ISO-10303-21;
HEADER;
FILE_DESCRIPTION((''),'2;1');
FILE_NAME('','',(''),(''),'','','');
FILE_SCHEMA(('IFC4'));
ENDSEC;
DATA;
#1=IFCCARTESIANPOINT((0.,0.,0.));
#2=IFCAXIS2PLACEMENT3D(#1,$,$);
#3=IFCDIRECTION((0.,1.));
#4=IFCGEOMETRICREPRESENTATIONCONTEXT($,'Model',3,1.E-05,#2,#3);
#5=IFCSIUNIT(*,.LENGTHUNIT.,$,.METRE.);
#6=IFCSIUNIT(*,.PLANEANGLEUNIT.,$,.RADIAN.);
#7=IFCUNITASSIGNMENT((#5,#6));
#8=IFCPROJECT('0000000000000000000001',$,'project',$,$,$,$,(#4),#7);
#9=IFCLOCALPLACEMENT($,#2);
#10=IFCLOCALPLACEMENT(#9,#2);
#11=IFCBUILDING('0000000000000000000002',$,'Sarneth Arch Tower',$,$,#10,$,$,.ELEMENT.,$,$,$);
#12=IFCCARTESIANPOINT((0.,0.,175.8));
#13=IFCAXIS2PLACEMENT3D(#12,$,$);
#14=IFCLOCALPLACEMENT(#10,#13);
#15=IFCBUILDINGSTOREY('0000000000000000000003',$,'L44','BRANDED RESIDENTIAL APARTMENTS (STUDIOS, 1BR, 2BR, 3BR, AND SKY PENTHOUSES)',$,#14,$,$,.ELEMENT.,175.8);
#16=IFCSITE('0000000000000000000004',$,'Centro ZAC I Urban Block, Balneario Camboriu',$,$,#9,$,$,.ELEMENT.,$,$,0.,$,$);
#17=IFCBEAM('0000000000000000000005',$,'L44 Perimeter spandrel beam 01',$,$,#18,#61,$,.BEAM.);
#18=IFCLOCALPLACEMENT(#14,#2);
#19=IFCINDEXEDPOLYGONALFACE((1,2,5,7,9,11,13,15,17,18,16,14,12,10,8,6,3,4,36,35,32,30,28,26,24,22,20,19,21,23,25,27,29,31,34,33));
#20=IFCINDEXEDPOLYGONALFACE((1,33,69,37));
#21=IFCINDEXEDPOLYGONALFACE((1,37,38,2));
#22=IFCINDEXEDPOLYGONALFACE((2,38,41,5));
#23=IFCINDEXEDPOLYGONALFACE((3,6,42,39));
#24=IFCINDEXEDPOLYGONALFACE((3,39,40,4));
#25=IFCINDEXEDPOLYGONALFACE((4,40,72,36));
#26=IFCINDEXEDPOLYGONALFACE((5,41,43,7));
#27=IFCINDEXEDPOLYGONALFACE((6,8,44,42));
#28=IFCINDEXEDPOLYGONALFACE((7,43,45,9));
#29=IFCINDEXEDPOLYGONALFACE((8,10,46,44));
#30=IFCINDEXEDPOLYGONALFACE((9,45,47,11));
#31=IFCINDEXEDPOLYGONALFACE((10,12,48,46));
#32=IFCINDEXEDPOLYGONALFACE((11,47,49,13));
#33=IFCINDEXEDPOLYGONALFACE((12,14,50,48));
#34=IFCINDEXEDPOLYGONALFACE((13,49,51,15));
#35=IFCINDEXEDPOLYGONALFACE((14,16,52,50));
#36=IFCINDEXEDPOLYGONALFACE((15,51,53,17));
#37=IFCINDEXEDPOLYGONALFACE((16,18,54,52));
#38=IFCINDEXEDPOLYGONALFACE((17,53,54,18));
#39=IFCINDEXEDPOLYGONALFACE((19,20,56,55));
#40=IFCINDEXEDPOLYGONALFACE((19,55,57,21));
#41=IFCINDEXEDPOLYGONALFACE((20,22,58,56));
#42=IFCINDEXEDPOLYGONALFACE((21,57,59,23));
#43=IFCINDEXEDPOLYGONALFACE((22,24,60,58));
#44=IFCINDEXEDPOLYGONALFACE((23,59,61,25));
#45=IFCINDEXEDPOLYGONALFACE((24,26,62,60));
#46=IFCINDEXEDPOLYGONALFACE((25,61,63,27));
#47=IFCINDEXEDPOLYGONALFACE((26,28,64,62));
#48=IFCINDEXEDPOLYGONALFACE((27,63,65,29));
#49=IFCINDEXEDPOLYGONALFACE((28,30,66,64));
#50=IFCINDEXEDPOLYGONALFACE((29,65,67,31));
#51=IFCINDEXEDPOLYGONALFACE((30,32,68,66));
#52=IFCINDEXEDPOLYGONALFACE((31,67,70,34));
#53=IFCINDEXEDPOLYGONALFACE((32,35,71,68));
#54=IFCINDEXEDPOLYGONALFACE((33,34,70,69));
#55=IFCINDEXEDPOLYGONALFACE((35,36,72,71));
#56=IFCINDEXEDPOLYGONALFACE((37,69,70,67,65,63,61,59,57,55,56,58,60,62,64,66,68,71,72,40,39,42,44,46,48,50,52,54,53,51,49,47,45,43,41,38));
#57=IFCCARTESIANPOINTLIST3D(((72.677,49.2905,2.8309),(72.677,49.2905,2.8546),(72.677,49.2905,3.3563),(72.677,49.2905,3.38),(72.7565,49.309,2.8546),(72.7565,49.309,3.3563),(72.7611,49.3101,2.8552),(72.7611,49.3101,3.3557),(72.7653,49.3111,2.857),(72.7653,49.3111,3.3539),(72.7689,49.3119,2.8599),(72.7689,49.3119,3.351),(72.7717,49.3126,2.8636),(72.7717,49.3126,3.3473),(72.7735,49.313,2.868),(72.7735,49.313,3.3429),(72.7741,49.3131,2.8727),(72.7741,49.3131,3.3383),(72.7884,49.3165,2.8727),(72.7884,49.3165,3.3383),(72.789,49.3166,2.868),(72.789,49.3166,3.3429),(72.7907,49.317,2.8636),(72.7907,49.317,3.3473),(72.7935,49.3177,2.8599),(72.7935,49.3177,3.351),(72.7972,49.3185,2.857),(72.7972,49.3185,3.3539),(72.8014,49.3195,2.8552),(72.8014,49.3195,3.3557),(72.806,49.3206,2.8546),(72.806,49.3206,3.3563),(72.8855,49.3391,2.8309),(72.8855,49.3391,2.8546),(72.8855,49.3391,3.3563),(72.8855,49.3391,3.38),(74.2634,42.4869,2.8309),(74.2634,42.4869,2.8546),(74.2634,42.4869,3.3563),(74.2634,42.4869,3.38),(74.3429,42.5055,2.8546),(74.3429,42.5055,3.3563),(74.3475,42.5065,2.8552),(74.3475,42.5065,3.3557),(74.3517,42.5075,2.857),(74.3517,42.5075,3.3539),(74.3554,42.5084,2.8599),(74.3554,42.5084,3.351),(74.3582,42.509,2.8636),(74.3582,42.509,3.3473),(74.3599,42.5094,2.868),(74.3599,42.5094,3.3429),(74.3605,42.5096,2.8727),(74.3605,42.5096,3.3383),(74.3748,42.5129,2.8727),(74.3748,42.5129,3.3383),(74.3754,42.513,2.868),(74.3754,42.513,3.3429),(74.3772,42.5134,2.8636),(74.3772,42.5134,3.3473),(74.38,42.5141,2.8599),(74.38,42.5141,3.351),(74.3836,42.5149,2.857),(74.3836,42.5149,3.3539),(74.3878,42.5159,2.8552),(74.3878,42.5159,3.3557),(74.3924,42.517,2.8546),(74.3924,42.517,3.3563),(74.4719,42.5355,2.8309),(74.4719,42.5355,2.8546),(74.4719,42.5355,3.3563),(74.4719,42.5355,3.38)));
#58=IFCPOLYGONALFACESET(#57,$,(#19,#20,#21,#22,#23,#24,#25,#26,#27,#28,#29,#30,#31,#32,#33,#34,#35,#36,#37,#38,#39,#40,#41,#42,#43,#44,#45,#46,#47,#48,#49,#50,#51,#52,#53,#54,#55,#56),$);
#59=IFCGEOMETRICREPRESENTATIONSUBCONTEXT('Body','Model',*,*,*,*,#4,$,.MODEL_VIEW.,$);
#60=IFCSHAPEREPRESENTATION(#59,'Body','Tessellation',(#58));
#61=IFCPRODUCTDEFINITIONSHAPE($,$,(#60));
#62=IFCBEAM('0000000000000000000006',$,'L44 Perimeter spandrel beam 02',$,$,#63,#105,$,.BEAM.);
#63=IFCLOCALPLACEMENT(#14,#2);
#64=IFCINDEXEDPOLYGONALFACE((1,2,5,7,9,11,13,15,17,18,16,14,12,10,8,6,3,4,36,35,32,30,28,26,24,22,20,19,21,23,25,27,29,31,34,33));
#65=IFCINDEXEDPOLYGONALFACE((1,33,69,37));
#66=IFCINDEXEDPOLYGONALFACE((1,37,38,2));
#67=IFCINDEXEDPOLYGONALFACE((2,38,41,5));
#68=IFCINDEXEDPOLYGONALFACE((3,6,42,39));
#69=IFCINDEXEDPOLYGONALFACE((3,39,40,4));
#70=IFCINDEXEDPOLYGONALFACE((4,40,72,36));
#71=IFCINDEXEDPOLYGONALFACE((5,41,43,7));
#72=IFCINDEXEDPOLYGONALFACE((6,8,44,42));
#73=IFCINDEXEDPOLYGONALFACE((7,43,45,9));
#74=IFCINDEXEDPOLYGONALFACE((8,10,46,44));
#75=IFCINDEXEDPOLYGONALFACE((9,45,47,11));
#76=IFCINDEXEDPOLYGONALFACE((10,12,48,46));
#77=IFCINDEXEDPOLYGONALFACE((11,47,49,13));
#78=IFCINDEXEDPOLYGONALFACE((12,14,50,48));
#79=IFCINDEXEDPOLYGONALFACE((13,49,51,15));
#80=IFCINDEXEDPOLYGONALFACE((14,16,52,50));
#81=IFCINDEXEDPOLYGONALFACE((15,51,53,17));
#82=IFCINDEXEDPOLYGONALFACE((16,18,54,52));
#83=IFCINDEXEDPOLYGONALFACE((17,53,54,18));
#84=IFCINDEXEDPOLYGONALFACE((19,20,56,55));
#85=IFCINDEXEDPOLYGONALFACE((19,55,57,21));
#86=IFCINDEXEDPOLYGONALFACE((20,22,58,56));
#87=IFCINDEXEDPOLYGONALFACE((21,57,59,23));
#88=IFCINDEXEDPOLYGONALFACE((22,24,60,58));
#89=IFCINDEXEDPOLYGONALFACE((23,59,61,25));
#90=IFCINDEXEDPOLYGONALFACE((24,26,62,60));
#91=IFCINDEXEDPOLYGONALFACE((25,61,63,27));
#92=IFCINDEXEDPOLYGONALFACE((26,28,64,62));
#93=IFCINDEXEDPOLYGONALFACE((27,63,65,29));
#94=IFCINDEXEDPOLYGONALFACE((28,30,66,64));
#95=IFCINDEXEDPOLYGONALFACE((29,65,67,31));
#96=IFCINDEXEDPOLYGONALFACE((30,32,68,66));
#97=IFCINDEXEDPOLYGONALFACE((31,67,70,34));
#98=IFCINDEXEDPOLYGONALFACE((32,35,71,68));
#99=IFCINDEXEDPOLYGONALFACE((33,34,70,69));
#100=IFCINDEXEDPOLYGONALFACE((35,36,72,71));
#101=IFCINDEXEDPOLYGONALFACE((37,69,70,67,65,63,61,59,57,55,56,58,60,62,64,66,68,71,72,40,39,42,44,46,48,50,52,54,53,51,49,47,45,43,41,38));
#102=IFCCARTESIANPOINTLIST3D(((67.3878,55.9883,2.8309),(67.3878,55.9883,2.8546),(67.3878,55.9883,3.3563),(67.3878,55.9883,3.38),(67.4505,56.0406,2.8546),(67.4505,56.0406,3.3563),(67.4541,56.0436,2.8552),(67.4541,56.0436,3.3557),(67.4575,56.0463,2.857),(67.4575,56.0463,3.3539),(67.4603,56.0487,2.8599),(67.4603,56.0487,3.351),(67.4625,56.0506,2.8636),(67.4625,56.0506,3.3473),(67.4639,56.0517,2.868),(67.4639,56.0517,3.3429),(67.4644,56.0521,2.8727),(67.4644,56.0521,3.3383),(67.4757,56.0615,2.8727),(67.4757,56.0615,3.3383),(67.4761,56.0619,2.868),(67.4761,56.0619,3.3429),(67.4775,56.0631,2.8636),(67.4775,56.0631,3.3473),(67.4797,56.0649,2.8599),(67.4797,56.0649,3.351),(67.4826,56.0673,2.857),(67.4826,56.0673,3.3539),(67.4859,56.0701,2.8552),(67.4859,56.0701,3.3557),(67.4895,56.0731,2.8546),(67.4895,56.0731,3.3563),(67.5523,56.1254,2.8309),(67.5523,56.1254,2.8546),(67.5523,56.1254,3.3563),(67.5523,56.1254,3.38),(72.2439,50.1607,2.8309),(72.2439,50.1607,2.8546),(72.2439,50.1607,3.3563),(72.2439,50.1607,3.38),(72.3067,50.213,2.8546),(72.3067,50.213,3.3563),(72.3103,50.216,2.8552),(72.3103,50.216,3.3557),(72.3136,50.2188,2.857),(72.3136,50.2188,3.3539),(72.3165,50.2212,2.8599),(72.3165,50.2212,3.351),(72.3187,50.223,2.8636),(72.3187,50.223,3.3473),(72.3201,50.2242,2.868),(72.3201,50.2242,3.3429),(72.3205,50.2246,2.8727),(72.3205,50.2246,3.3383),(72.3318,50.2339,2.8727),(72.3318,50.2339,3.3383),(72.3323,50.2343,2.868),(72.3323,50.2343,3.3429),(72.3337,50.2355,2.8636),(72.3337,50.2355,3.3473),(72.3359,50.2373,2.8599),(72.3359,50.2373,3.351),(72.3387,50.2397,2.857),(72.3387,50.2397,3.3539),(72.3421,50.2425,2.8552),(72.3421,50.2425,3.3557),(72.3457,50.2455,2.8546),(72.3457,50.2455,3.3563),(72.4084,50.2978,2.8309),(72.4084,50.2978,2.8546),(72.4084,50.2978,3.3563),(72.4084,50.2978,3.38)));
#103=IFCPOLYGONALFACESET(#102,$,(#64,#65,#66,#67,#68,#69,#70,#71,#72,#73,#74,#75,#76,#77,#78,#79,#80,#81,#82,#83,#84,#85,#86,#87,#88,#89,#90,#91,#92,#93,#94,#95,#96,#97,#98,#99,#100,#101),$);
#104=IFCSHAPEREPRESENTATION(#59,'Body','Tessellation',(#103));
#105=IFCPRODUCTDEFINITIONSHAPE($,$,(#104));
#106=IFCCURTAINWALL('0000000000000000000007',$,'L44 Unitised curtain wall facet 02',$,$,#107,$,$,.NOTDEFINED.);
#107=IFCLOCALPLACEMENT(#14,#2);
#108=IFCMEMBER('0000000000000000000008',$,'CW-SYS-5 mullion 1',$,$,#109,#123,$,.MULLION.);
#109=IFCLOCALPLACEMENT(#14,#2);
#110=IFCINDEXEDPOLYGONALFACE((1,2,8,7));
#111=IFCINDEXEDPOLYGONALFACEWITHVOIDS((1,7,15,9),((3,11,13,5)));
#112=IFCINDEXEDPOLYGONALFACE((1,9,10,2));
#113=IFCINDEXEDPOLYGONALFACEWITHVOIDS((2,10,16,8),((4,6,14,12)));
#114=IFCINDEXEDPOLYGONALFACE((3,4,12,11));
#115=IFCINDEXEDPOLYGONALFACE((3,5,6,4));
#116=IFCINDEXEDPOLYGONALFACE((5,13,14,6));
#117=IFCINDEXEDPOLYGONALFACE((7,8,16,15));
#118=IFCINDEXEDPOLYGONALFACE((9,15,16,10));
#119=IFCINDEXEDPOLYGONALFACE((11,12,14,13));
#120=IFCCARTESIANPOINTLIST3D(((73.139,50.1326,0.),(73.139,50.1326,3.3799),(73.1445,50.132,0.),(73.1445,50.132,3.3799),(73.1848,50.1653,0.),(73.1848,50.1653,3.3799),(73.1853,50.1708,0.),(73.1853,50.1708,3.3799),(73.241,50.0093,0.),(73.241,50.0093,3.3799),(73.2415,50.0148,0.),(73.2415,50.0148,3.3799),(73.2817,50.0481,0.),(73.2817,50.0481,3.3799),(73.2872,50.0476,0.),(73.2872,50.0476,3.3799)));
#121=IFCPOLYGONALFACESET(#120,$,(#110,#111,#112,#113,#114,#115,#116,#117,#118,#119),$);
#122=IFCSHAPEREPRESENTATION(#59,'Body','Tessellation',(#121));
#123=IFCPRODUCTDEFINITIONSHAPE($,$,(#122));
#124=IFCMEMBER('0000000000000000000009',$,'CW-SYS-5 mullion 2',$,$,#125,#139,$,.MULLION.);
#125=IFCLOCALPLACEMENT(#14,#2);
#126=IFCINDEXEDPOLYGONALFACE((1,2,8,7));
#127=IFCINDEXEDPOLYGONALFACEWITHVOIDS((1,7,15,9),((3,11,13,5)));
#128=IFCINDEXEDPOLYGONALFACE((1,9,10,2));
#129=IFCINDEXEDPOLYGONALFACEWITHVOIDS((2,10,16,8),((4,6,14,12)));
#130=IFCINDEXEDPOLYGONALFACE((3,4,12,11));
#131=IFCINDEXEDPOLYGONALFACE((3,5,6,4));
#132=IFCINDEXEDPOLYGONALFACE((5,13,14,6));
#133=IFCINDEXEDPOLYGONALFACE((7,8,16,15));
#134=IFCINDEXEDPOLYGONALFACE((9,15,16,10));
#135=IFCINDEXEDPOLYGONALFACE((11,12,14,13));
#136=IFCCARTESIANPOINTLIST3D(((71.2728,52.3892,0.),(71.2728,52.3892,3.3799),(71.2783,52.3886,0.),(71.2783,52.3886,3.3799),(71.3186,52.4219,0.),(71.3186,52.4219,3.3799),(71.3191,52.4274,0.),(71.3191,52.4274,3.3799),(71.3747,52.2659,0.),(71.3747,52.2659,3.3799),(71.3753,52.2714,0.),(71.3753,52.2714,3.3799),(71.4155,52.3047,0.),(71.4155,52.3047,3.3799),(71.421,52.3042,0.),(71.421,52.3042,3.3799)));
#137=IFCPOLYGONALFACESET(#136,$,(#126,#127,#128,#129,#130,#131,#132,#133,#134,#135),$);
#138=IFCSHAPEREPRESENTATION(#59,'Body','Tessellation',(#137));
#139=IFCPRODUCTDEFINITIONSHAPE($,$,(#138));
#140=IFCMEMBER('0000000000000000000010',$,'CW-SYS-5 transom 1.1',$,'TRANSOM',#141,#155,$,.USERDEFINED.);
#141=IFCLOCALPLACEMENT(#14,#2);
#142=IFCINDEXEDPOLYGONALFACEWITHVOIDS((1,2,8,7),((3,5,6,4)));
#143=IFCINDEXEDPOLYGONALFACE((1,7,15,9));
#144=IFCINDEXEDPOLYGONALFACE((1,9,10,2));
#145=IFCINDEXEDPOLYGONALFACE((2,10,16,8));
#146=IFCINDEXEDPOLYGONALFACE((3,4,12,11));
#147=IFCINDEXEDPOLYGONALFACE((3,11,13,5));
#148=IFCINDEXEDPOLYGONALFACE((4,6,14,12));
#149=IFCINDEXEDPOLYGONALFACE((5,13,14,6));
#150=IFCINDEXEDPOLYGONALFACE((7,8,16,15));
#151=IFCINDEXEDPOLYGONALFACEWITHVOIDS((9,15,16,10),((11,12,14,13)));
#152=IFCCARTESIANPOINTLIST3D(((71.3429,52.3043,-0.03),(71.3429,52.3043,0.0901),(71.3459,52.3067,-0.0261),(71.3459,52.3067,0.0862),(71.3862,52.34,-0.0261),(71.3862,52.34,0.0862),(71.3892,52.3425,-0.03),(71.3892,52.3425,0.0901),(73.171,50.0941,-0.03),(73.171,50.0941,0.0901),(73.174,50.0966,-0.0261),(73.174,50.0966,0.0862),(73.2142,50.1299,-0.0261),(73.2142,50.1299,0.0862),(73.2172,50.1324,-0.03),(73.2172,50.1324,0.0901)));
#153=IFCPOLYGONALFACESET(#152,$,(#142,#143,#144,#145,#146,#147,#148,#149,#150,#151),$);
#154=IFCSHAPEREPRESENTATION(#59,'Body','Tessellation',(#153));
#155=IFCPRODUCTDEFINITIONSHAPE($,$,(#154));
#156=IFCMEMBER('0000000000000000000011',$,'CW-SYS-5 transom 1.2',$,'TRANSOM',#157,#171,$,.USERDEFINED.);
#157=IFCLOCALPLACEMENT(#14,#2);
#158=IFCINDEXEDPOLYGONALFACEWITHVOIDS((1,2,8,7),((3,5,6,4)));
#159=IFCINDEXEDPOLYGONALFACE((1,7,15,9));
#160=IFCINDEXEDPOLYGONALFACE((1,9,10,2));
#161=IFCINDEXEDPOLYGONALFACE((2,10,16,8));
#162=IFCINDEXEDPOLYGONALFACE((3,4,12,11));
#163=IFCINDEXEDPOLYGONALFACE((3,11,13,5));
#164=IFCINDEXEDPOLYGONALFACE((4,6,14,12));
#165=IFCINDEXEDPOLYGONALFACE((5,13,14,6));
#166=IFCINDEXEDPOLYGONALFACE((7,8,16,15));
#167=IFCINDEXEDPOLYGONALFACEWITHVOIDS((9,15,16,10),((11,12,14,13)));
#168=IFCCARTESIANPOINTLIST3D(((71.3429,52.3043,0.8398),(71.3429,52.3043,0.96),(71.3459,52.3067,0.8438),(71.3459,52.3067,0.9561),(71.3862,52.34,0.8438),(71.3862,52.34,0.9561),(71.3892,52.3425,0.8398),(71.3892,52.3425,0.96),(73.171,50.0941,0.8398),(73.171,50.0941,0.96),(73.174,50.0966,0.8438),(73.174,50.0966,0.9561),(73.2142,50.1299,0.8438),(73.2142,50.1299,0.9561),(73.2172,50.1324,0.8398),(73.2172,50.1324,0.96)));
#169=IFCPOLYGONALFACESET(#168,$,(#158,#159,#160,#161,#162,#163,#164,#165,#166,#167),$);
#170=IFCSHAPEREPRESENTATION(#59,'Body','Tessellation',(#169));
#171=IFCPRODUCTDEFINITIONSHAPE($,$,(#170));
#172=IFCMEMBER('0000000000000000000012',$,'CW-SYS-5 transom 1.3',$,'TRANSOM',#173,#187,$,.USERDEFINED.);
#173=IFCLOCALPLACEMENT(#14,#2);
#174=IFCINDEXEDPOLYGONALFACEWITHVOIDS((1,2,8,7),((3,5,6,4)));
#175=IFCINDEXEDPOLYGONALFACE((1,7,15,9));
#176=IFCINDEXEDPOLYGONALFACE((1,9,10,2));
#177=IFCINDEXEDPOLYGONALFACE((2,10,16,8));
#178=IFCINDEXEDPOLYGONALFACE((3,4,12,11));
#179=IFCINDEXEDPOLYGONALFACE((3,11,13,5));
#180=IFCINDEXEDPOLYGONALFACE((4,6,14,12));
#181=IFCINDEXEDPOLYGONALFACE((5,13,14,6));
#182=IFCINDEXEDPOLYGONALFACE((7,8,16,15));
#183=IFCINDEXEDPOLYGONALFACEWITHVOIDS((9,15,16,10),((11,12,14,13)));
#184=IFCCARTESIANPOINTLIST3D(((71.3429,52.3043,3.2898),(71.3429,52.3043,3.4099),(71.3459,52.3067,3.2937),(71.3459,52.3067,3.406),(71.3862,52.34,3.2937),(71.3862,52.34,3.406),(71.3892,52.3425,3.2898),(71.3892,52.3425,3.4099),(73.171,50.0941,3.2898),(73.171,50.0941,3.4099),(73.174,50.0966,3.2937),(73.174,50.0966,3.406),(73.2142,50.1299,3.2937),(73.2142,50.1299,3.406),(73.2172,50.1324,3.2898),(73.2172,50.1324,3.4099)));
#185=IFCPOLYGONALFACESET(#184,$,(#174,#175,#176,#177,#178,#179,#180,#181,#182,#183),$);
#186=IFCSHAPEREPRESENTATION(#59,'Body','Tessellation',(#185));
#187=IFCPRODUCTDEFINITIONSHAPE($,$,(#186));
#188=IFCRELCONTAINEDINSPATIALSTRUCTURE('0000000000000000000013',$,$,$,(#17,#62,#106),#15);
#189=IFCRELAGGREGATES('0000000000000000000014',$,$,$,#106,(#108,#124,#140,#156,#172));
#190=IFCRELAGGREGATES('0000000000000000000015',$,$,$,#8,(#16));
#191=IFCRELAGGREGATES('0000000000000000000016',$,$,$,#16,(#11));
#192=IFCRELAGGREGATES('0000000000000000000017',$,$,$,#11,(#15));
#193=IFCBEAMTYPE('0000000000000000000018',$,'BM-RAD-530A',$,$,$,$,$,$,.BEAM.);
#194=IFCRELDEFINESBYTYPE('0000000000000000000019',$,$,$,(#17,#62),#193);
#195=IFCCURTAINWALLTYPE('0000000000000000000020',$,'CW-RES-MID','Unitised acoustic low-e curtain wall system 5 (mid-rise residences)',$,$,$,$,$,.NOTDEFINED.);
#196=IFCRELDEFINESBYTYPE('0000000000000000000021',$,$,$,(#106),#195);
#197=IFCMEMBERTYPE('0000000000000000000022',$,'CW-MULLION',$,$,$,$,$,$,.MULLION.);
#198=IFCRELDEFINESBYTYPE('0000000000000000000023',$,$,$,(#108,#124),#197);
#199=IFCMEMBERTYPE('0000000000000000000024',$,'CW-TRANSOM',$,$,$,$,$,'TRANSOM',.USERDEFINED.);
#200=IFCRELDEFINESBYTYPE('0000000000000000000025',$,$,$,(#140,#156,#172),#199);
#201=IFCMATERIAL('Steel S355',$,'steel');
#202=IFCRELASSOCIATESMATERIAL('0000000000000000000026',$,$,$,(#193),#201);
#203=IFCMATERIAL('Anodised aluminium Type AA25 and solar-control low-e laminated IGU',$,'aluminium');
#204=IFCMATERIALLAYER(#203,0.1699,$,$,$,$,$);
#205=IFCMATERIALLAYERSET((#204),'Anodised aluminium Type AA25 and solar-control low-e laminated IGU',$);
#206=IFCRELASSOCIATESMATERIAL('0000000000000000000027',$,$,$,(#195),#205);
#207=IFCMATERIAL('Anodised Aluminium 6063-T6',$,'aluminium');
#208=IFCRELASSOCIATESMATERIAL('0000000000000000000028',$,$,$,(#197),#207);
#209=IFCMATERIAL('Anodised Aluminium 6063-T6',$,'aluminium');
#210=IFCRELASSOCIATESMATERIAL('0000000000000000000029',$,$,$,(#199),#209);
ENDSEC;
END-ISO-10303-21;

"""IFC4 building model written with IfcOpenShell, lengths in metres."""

from ifc_helpers import new_model, si_unit, direction, frame, origin, origin_2d, place, context, subcontext, project, spatial, hollow_rectangle, i_section, extrude, material, layer, layer_set, material_profile, profile_set, type_object, element, aggregate, save


model = new_model("IFC4")

# Units and contexts
model_context = context("Model", 3, precision=1e-05, world=origin(), true_north=direction((0.0, 1.0)))
body_context = subcontext(model_context, "Body", "Model", "MODEL_VIEW")
ifc_project = project(units=[si_unit("LENGTHUNIT", "METRE"), si_unit("PLANEANGLEUNIT", "RADIAN")], contexts=[model_context])

# Site, building, storey
site_placement = place(None, origin())
site = spatial("IfcSite", under=ifc_project, at=site_placement, Name="Centro ZAC I Urban Block, Balneario Camboriu", CompositionType="ELEMENT", RefElevation=0.0)
building_placement = place(site_placement, origin())
building = spatial("IfcBuilding", under=site, at=building_placement, Name="Sarneth Arch Tower", CompositionType="ELEMENT")
storey_placement = place(building_placement, frame((0.0, 0.0, 175.8)))
storey = spatial("IfcBuildingStorey", under=building, at=storey_placement, Name="L44", Description="BRANDED RESIDENTIAL APARTMENTS (STUDIOS, 1BR, 2BR, 3BR, AND SKY PENTHOUSES)", CompositionType="ELEMENT", Elevation=175.8)

# Beams
ifc_material_1 = material(Name="Steel S355", Category="steel")
ifc_material_profile_1 = material_profile(ifc_material_1, i_section(OverallWidth=0.2141, OverallDepth=0.5491, WebThickness=0.0146, FlangeThickness=0.0237, FilletRadius=0.0181, at=origin_2d()), Name="W530x138")
ifc_profile_set_1 = profile_set([ifc_material_profile_1], Name="Steel S355")
beam_type = type_object("IfcBeamType", Name="BM-RAD-530A", PredefinedType="BEAM", material=ifc_profile_set_1)
beam_1_placement = place(storey_placement, frame((74.3677, 42.5112, 3.1055), z_axis=(-0.227087, 0.973874, 0.0), x_axis=(-0.973874, -0.227087, 0.0)))
element("IfcBeam", 1, at=beam_1_placement, inside=storey, type_object=beam_type, Name="L44 Perimeter spandrel beam 01", PredefinedType="BEAM", context=body_context, shape_type="SweptSolid", body=[
    extrude(i_section(OverallWidth=0.2141, OverallDepth=0.5491, WebThickness=0.0146, FlangeThickness=0.0237, FilletRadius=0.0181, at=origin_2d()), origin(), (0.0, 0.0, 1.0), 6.9861),
])
beam_2_placement = place(storey_placement, frame((72.3262, 50.2292, 3.1055), z_axis=(-0.640172, 0.768232, 0.0), x_axis=(-0.768232, -0.640172, 0.0)))
element("IfcBeam", 2, at=beam_2_placement, inside=storey, type_object=beam_type, Name="L44 Perimeter spandrel beam 02", PredefinedType="BEAM", context=body_context, shape_type="SweptSolid", body=[
    extrude(i_section(OverallWidth=0.2141, OverallDepth=0.5491, WebThickness=0.0146, FlangeThickness=0.0237, FilletRadius=0.0181, at=origin_2d()), origin(), (0.0, 0.0, 1.0), 7.5857),
])

# Curtain wall, members
ifc_material_2 = material(Name="Anodised aluminium Type AA25 and solar-control low-e laminated IGU", Category="aluminium")
ifc_layer_1 = layer(ifc_material_2, 0.1699)
ifc_layer_set_1 = layer_set([ifc_layer_1], Name="Anodised aluminium Type AA25 and solar-control low-e laminated IGU")
curtain_wall_type = type_object("IfcCurtainWallType", Name="CW-RES-MID", Description="Unitised acoustic low-e curtain wall system 5 (mid-rise residences)", PredefinedType="NOTDEFINED", material=ifc_layer_set_1)
curtain_wall_placement = place(storey_placement, origin())
curtain_wall = element("IfcCurtainWall", 3, at=curtain_wall_placement, inside=storey, type_object=curtain_wall_type, Name="L44 Unitised curtain wall facet 02", PredefinedType="NOTDEFINED")
ifc_material_3 = material(Name="Anodised Aluminium 6063-T6", Category="aluminium")
ifc_material_profile_2 = material_profile(ifc_material_3, hollow_rectangle(XDim=0.0601, YDim=0.1599, WallThickness=0.0039, at=origin_2d()), Name="AL-MULL-160x60x4")
ifc_profile_set_2 = profile_set([ifc_material_profile_2], Name="Anodised Aluminium 6063-T6")
member_type_1 = type_object("IfcMemberType", Name="CW-MULLION", PredefinedType="MULLION", material=ifc_profile_set_2)
member_1_placement = place(storey_placement, frame((73.2131, 50.0901, 0.0), z_axis=(0.0, 0.0, 1.0), x_axis=(-0.770591, -0.63733, 0.0)))
member_1 = element("IfcMember", 4, at=member_1_placement, type_object=member_type_1, Name="CW-SYS-5 mullion 1", PredefinedType="MULLION", context=body_context, shape_type="SweptSolid", body=[
    extrude(hollow_rectangle(XDim=0.0601, YDim=0.1599, WallThickness=0.0039, at=origin_2d()), origin(), (0.0, 0.0, 1.0), 3.3799),
])
member_2_placement = place(storey_placement, frame((71.3469, 52.3467, 0.0), z_axis=(0.0, 0.0, 1.0), x_axis=(-0.770591, -0.63733, 0.0)))
member_2 = element("IfcMember", 5, at=member_2_placement, type_object=member_type_1, Name="CW-SYS-5 mullion 2", PredefinedType="MULLION", context=body_context, shape_type="SweptSolid", body=[
    extrude(hollow_rectangle(XDim=0.0601, YDim=0.1599, WallThickness=0.0039, at=origin_2d()), origin(), (0.0, 0.0, 1.0), 3.3799),
])
ifc_material_4 = material(Name="Anodised Aluminium 6063-T6", Category="aluminium")
ifc_material_profile_3 = material_profile(ifc_material_4, hollow_rectangle(XDim=0.0601, YDim=0.1201, WallThickness=0.0039, at=origin_2d()), Name="AL-TRAN-120x60x4")
ifc_profile_set_3 = profile_set([ifc_material_profile_3], Name="Anodised Aluminium 6063-T6")
member_type_2 = type_object("IfcMemberType", Name="CW-TRANSOM", ElementType="TRANSOM", PredefinedType="USERDEFINED", material=ifc_profile_set_3)
member_3_placement = place(storey_placement, frame((73.1941, 50.1133, 0.03), z_axis=(-0.637359, 0.770567, 0.0), x_axis=(-0.770567, -0.637359, 0.0)))
member_3 = element("IfcMember", 6, at=member_3_placement, type_object=member_type_2, Name="CW-SYS-5 transom 1.1", ObjectType="TRANSOM", PredefinedType="USERDEFINED", context=body_context, shape_type="SweptSolid", body=[
    extrude(hollow_rectangle(XDim=0.0601, YDim=0.1201, WallThickness=0.0039, at=origin_2d()), origin(), (0.0, 0.0, 1.0), 2.8682),
])
member_4_placement = place(storey_placement, frame((73.1941, 50.1133, 0.8999), z_axis=(-0.637359, 0.770567, 0.0), x_axis=(-0.770567, -0.637359, 0.0)))
member_4 = element("IfcMember", 7, at=member_4_placement, type_object=member_type_2, Name="CW-SYS-5 transom 1.2", ObjectType="TRANSOM", PredefinedType="USERDEFINED", context=body_context, shape_type="SweptSolid", body=[
    extrude(hollow_rectangle(XDim=0.0601, YDim=0.1201, WallThickness=0.0039, at=origin_2d()), origin(), (0.0, 0.0, 1.0), 2.8682),
])
member_5_placement = place(storey_placement, frame((73.1941, 50.1133, 3.3499), z_axis=(-0.637359, 0.770567, 0.0), x_axis=(-0.770567, -0.637359, 0.0)))
member_5 = element("IfcMember", 8, at=member_5_placement, type_object=member_type_2, Name="CW-SYS-5 transom 1.3", ObjectType="TRANSOM", PredefinedType="USERDEFINED", context=body_context, shape_type="SweptSolid", body=[
    extrude(hollow_rectangle(XDim=0.0601, YDim=0.1201, WallThickness=0.0039, at=origin_2d()), origin(), (0.0, 0.0, 1.0), 2.8682),
])

aggregate(curtain_wall, [member_1, member_2, member_3, member_4, member_5])

save(model, "model.ifc")
